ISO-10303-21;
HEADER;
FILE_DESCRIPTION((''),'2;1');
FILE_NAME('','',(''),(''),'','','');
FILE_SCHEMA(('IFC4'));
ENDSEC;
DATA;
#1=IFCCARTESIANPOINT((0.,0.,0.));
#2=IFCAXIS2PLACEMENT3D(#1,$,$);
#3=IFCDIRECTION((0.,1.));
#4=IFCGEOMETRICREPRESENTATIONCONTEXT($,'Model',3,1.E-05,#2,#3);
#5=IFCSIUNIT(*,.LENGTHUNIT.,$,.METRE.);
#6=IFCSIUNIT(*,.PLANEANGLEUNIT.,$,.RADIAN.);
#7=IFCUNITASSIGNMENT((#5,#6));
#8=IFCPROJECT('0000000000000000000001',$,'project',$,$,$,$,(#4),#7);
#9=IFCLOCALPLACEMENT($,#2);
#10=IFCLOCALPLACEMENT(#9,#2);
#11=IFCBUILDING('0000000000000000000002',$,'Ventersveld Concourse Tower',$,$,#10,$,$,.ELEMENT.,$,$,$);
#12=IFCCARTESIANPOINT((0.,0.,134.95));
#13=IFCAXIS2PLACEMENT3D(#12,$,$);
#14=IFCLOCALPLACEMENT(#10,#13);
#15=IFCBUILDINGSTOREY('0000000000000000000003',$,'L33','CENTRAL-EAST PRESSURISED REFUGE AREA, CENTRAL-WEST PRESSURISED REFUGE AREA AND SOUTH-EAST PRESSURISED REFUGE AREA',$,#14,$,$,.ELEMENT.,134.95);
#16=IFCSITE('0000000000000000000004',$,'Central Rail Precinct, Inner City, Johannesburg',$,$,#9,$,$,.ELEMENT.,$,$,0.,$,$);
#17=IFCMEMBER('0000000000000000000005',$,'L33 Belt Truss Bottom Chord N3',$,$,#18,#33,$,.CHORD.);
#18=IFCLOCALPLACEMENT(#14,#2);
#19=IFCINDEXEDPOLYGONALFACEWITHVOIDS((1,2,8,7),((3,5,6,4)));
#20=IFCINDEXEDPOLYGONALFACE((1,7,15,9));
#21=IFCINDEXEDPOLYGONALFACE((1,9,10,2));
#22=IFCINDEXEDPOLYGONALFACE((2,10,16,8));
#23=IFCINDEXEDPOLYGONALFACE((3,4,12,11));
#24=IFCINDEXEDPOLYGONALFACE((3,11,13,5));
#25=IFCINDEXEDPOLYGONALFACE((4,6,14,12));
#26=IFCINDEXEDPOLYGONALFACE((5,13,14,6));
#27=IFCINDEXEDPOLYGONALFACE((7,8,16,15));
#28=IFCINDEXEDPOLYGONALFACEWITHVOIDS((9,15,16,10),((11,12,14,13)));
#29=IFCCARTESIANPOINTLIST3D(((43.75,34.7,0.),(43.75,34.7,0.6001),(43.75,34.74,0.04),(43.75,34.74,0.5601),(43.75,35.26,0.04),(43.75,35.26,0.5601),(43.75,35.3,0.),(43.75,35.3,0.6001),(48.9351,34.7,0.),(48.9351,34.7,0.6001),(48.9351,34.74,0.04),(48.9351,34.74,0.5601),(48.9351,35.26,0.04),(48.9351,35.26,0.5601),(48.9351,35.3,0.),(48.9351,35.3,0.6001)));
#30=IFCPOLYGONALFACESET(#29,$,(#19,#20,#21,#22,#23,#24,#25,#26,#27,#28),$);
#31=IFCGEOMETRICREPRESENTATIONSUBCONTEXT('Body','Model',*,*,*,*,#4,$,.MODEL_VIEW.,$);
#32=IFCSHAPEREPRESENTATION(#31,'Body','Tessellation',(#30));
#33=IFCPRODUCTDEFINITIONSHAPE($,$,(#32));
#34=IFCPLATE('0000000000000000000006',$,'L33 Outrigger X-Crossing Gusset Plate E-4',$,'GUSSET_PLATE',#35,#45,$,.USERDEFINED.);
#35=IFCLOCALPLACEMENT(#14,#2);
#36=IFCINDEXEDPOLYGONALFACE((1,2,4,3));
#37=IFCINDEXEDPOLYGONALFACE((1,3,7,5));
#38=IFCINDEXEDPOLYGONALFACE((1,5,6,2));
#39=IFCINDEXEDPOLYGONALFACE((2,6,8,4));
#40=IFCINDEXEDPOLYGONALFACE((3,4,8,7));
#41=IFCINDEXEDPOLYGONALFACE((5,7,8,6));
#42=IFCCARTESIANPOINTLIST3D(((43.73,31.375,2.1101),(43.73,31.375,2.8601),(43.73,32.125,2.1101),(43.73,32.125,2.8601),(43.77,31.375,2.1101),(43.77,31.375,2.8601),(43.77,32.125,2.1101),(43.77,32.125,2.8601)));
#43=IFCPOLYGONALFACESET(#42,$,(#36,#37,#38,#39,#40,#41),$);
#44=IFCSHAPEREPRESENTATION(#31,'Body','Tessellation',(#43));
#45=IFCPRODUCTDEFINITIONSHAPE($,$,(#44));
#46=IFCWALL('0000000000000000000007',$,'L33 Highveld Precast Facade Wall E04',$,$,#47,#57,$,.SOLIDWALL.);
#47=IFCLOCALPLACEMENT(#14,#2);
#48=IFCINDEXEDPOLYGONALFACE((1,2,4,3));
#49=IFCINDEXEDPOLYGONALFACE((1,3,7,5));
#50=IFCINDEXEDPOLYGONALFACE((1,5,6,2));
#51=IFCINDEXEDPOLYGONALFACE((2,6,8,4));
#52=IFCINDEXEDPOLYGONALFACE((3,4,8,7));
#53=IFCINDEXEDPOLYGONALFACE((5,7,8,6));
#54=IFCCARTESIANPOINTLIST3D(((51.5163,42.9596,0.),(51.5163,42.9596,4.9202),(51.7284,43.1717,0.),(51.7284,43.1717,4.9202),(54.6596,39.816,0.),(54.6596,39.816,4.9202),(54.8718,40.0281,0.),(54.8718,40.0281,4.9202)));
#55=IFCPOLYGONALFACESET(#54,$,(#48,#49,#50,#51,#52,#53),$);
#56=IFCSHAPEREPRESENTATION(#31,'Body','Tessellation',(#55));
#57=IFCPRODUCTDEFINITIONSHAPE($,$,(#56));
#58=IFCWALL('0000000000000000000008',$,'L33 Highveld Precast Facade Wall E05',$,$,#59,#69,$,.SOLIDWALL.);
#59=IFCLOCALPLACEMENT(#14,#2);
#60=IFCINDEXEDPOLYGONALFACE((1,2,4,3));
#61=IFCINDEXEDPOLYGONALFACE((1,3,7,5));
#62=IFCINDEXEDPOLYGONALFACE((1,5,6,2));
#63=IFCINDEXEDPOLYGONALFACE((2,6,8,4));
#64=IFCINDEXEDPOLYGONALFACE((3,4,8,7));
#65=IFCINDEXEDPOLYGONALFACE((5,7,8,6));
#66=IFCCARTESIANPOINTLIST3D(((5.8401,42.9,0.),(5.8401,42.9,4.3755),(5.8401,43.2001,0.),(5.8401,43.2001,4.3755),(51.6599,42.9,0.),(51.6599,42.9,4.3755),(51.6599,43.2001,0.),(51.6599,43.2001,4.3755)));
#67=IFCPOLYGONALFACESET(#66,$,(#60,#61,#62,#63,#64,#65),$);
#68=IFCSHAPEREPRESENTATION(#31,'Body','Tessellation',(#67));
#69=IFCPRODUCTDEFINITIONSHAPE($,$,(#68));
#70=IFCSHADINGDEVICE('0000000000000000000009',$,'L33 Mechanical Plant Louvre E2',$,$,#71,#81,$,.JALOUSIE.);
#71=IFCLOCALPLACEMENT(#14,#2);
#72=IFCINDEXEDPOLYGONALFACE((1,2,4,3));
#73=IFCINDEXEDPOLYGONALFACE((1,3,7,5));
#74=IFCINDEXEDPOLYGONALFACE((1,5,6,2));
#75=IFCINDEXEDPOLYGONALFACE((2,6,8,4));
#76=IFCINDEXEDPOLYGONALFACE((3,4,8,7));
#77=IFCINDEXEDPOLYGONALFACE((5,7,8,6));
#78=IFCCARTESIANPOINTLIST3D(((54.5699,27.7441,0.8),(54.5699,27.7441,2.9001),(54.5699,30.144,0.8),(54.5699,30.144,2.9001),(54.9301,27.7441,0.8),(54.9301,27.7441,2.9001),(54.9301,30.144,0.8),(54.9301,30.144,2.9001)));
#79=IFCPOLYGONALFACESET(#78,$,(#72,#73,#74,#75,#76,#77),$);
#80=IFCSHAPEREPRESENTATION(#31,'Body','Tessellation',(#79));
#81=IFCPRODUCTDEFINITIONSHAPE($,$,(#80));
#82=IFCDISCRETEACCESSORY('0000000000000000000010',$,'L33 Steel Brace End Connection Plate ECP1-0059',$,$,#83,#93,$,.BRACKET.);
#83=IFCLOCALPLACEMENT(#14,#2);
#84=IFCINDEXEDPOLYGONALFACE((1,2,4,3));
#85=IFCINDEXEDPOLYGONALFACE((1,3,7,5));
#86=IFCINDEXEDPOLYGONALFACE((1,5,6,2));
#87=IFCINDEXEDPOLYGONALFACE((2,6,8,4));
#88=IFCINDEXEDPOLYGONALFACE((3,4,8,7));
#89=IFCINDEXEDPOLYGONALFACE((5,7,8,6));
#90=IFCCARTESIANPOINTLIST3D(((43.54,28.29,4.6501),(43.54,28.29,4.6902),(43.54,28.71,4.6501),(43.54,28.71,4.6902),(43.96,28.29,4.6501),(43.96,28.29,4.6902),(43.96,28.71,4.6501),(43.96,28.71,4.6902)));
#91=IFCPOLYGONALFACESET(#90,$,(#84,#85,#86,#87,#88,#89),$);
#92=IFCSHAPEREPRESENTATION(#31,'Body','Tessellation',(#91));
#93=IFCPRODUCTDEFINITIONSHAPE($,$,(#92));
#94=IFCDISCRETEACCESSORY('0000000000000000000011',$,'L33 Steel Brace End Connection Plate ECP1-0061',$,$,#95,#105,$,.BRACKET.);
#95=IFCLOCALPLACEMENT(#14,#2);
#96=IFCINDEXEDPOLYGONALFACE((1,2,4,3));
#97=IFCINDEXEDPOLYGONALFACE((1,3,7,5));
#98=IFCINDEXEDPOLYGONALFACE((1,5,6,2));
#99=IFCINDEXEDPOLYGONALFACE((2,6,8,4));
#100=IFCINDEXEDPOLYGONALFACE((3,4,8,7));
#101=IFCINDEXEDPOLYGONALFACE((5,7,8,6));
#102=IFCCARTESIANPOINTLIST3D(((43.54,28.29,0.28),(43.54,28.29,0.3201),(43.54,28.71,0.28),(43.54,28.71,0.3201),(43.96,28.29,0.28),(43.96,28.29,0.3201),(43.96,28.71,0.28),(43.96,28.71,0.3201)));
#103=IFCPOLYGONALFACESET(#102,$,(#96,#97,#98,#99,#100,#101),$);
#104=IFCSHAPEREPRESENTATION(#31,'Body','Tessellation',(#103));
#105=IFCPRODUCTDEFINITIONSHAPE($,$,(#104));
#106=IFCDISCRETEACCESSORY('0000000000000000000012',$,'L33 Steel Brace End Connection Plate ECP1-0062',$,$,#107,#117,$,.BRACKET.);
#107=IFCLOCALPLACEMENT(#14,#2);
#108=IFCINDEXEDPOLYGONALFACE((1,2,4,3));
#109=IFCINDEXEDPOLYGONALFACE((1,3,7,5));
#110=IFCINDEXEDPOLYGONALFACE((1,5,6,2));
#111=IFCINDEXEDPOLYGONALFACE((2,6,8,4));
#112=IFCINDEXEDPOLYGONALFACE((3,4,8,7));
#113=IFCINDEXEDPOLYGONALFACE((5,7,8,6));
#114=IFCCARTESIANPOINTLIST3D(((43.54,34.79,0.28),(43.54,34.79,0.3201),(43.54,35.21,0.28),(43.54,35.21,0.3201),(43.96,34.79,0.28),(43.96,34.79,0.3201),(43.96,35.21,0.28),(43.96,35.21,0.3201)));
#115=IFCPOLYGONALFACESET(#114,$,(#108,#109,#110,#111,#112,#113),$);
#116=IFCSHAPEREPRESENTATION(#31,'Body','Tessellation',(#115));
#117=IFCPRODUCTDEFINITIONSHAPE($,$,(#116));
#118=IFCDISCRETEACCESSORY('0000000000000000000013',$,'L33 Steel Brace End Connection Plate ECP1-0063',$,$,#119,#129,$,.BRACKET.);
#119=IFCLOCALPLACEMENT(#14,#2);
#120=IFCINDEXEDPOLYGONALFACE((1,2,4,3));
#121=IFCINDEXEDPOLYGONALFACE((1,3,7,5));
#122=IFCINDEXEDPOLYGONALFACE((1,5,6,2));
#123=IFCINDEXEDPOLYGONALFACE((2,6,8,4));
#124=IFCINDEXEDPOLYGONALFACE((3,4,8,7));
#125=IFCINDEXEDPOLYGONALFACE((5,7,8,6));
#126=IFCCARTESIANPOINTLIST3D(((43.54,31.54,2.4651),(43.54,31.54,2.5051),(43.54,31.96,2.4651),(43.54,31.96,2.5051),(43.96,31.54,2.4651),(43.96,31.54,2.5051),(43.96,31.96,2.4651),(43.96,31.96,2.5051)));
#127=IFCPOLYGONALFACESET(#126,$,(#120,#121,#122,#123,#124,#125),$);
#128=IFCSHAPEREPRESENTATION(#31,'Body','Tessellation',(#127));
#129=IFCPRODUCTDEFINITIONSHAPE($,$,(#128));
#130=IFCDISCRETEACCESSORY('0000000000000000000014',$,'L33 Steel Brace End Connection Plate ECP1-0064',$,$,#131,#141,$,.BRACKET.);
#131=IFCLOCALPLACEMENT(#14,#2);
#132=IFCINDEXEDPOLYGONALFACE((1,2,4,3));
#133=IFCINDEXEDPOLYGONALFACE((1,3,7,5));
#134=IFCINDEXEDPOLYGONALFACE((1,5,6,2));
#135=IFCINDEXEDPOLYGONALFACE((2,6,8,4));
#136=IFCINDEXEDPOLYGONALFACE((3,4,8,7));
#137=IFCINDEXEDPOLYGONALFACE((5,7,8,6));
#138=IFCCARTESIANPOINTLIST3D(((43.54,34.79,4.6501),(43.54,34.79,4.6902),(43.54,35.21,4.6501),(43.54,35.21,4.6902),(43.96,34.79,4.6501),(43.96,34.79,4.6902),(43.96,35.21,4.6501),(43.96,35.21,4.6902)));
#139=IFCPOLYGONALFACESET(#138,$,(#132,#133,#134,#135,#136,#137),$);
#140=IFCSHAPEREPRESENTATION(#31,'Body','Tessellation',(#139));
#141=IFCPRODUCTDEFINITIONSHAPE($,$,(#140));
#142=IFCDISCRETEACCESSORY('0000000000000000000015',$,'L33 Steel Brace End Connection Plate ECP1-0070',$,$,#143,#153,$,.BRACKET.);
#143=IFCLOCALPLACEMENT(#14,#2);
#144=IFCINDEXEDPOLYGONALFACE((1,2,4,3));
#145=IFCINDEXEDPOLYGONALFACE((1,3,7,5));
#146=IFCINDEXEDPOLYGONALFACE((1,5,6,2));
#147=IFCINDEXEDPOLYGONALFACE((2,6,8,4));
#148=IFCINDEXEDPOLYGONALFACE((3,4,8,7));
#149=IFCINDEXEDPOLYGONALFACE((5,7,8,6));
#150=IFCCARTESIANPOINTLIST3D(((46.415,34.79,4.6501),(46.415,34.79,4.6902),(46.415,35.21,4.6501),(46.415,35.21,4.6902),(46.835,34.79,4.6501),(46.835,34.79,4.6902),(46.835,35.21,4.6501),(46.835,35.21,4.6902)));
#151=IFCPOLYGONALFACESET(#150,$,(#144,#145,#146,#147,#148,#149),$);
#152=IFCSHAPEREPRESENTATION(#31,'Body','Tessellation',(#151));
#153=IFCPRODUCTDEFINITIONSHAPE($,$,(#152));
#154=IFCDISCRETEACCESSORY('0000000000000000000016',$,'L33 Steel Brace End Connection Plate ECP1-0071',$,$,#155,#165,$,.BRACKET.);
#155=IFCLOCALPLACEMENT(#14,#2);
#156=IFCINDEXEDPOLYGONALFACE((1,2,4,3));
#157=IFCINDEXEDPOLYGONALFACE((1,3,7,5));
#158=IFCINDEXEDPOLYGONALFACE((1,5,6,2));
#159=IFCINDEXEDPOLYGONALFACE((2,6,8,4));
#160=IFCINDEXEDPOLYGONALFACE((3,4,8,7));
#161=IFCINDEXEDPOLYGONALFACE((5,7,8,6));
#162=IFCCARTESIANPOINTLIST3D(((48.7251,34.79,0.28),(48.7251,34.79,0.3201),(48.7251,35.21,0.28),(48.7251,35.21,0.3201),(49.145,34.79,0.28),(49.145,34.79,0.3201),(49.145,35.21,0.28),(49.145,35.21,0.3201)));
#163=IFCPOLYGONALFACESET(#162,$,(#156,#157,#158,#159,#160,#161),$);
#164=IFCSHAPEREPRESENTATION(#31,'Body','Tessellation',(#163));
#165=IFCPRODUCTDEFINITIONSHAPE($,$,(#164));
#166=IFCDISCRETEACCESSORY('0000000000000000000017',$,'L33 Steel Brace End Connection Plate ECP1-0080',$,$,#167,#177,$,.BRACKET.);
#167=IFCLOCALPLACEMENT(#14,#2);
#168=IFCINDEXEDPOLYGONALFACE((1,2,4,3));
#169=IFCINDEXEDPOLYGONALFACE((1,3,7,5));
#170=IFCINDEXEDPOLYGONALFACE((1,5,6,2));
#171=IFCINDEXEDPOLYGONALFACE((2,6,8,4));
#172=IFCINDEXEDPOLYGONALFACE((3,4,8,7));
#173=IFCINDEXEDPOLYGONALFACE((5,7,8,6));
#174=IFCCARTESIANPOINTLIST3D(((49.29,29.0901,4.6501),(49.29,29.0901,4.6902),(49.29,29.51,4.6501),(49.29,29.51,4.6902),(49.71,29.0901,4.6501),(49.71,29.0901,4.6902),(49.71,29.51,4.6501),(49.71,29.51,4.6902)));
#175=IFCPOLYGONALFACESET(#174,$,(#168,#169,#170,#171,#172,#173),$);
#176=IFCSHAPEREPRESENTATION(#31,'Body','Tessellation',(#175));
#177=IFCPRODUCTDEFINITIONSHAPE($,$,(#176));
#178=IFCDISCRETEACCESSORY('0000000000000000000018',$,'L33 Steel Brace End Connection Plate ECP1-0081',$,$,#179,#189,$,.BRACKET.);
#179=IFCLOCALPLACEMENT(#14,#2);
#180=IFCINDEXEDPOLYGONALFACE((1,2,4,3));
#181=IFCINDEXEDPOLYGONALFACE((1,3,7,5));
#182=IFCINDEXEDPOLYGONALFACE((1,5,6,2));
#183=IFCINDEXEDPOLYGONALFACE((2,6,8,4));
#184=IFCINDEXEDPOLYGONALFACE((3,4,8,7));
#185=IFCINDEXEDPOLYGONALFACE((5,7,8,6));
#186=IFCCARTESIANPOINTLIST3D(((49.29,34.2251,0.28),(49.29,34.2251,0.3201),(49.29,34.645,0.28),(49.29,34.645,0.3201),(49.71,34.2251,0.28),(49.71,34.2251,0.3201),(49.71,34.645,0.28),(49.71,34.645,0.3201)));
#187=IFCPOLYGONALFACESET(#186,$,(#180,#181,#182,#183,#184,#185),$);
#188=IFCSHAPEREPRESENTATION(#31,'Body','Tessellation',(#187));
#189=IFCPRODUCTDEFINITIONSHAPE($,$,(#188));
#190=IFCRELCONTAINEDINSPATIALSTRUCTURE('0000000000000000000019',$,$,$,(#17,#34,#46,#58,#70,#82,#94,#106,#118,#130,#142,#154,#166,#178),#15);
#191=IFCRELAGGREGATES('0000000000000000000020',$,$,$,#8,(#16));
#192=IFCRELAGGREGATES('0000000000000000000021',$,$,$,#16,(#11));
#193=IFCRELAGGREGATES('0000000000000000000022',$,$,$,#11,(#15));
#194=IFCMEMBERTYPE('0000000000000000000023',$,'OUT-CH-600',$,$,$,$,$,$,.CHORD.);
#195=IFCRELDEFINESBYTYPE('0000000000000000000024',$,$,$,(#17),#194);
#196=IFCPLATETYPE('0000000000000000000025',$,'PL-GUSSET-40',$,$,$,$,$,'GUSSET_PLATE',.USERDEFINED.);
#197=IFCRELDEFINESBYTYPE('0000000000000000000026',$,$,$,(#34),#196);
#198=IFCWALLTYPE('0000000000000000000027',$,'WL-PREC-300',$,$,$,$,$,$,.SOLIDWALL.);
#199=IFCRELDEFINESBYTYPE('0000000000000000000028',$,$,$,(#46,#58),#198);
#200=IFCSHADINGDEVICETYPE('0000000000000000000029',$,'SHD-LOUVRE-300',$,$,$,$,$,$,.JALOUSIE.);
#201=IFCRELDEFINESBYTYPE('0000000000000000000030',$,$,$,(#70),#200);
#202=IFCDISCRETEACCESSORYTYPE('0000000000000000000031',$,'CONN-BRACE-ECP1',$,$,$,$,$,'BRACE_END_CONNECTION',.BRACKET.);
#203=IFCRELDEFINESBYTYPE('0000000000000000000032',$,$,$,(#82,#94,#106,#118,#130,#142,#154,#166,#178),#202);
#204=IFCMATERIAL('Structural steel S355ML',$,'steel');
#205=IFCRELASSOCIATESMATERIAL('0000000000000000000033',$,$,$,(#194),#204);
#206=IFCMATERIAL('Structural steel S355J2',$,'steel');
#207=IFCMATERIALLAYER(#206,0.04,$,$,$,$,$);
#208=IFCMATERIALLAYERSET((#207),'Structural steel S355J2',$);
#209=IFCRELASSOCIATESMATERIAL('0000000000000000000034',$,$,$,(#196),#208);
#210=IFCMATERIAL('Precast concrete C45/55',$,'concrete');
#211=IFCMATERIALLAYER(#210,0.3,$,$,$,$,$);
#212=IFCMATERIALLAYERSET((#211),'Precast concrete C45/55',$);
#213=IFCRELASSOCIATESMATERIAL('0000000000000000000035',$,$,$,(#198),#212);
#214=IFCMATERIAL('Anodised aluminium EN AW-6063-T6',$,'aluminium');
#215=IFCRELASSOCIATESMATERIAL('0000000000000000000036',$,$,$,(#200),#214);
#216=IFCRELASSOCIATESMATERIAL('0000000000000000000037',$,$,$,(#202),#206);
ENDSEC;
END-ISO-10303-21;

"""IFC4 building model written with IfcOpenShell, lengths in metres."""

from ifc_helpers import new_model, si_unit, direction, frame, frame_2d, origin, origin_2d, place, context, subcontext, project, spatial, rectangle, hollow_rectangle, extrude, material, layer, layer_set, material_profile, profile_set, type_object, element, save


model = new_model("IFC4")

# Units and contexts
model_context = context("Model", 3, precision=1e-05, world=origin(), true_north=direction((0.0, 1.0)))
body_context = subcontext(model_context, "Body", "Model", "MODEL_VIEW")
ifc_project = project(units=[si_unit("LENGTHUNIT", "METRE"), si_unit("PLANEANGLEUNIT", "RADIAN")], contexts=[model_context])

# Site, building, storey
site_placement = place(None, origin())
site = spatial("IfcSite", under=ifc_project, at=site_placement, Name="Central Rail Precinct, Inner City, Johannesburg", CompositionType="ELEMENT", RefElevation=0.0)
building_placement = place(site_placement, origin())
building = spatial("IfcBuilding", under=site, at=building_placement, Name="Ventersveld Concourse Tower", CompositionType="ELEMENT")
storey_placement = place(building_placement, frame((0.0, 0.0, 134.95)))
storey = spatial("IfcBuildingStorey", under=building, at=storey_placement, Name="L33", Description="CENTRAL-EAST PRESSURISED REFUGE AREA, CENTRAL-WEST PRESSURISED REFUGE AREA AND SOUTH-EAST PRESSURISED REFUGE AREA", CompositionType="ELEMENT", Elevation=134.95)

# Shared definitions
ifc_material_1 = material(Name="Structural steel S355ML", Category="steel")

# Shared definitions
ifc_material_2 = material(Name="Structural steel S355J2", Category="steel")

# Member
ifc_material_profile_1 = material_profile(ifc_material_1, hollow_rectangle(XDim=0.6001, YDim=0.6001, WallThickness=0.04, at=origin_2d()), Name="BOX 600x600x40")
ifc_profile_set_1 = profile_set([ifc_material_profile_1], Name="Structural steel S355ML")
member_type_1 = type_object("IfcMemberType", Name="OUT-CH-600", PredefinedType="CHORD", material=ifc_profile_set_1)
member_1_placement = place(storey_placement, frame((43.75, 35.0, 0.3), z_axis=(1.0, 0.0, 0.0), x_axis=(0.0, 1.0, 0.0)))
element("IfcMember", 1, at=member_1_placement, inside=storey, type_object=member_type_1, Name="L33 Belt Truss Bottom Chord N3", PredefinedType="CHORD", context=body_context, shape_type="SweptSolid", body=[
    extrude(hollow_rectangle(XDim=0.6001, YDim=0.6001, WallThickness=0.04, at=origin_2d()), origin(), (0.0, 0.0, 1.0), 5.1851),
])

# Plate
ifc_layer_1 = layer(ifc_material_2, 0.04)
ifc_layer_set_1 = layer_set([ifc_layer_1], Name="Structural steel S355J2")
plate_type = type_object("IfcPlateType", Name="PL-GUSSET-40", ElementType="GUSSET_PLATE", PredefinedType="USERDEFINED", material=ifc_layer_set_1)
plate_placement = place(storey_placement, frame((43.75, 31.75, 2.1101), z_axis=(0.0, 0.0, 1.0), x_axis=(1.0, 0.0, 0.0)))
element("IfcPlate", 2, at=plate_placement, inside=storey, type_object=plate_type, Name="L33 Outrigger X-Crossing Gusset Plate E-4", ObjectType="GUSSET_PLATE", PredefinedType="USERDEFINED", context=body_context, shape_type="SweptSolid", body=[
    extrude(rectangle(XDim=0.04, YDim=0.75, at=origin_2d()), origin(), (0.0, 0.0, 1.0), 0.75),
])

# Walls
ifc_material_3 = material(Name="Precast concrete C45/55", Category="concrete")
ifc_layer_2 = layer(ifc_material_3, 0.3)
ifc_layer_set_2 = layer_set([ifc_layer_2], Name="Precast concrete C45/55")
wall_type = type_object("IfcWallType", Name="WL-PREC-300", PredefinedType="SOLIDWALL", material=ifc_layer_set_2)
wall_1_placement = place(storey_placement, frame((54.7656, 39.9221, 0.0), z_axis=(0.0, 0.0, 1.0), x_axis=(-0.707079, 0.707134, 0.0)))
element("IfcWall", 3, at=wall_1_placement, inside=storey, type_object=wall_type, Name="L33 Highveld Precast Facade Wall E04", PredefinedType="SOLIDWALL", context=body_context, shape_type="SweptSolid", body=[
    extrude(rectangle(XDim=4.4456, YDim=0.3, at=frame_2d((2.2227, 0.0))), origin(), (0.0, 0.0, 1.0), 4.9202),
])
wall_2_placement = place(storey_placement, frame((51.6599, 43.05, 0.0), z_axis=(0.0, 0.0, 1.0), x_axis=(-1.0, 0.0, 0.0)))
element("IfcWall", 4, at=wall_2_placement, inside=storey, type_object=wall_type, Name="L33 Highveld Precast Facade Wall E05", PredefinedType="SOLIDWALL", context=body_context, shape_type="SweptSolid", body=[
    extrude(rectangle(XDim=45.8198, YDim=0.3, at=frame_2d((22.9099, 0.0))), origin(), (0.0, 0.0, 1.0), 4.3755),
])

# Shading device
ifc_material_4 = material(Name="Anodised aluminium EN AW-6063-T6", Category="aluminium")
shading_device_type = type_object("IfcShadingDeviceType", Name="SHD-LOUVRE-300", PredefinedType="JALOUSIE", material=ifc_material_4)
shading_device_placement = place(storey_placement, frame((54.75, 28.9441, 0.8), z_axis=(0.0, 0.0, 1.0), x_axis=(0.0, 1.0, 0.0)))
element("IfcShadingDevice", 5, at=shading_device_placement, inside=storey, type_object=shading_device_type, Name="L33 Mechanical Plant Louvre E2", PredefinedType="JALOUSIE", context=body_context, shape_type="SweptSolid", body=[
    extrude(rectangle(XDim=2.3999, YDim=0.3601, at=origin_2d()), origin(), (0.0, 0.0, 1.0), 2.1001),
])

# Discrete accessories
discrete_accessory_type = type_object("IfcDiscreteAccessoryType", Name="CONN-BRACE-ECP1", ElementType="BRACE_END_CONNECTION", PredefinedType="BRACKET", material=ifc_material_2)
for number, where, z_axis, x_axis, name in (
    (6, (43.75, 28.5, 4.6501), (0.0, 0.0, 1.0), (1.0, 0.0, 0.0), "L33 Steel Brace End Connection Plate ECP1-0059"),
    (7, (43.75, 28.5, 0.28), (0.0, 0.0, 1.0), (1.0, 0.0, 0.0), "L33 Steel Brace End Connection Plate ECP1-0061"),
    (8, (43.75, 35.0, 0.28), (0.0, 0.0, 1.0), (1.0, 0.0, 0.0), "L33 Steel Brace End Connection Plate ECP1-0062"),
    (9, (43.75, 31.75, 2.4651), (0.0, 0.0, 1.0), (1.0, 0.0, 0.0), "L33 Steel Brace End Connection Plate ECP1-0063"),
    (10, (43.75, 35.0, 4.6501), (0.0, 0.0, 1.0), (1.0, 0.0, 0.0), "L33 Steel Brace End Connection Plate ECP1-0064"),
    (11, (46.625, 35.0, 4.6501), (0.0, 0.0, 1.0), (1.0, 0.0, 0.0), "L33 Steel Brace End Connection Plate ECP1-0070"),
    (12, (48.9351, 35.0, 0.28), (0.0, 0.0, 1.0), (1.0, 0.0, 0.0), "L33 Steel Brace End Connection Plate ECP1-0071"),
    (13, (49.5, 29.3, 4.6501), (0.0, 0.0, 1.0), (1.0, 0.0, 0.0), "L33 Steel Brace End Connection Plate ECP1-0080"),
    (14, (49.5, 34.4351, 0.28), (0.0, 0.0, 1.0), (1.0, 0.0, 0.0), "L33 Steel Brace End Connection Plate ECP1-0081"),
):
    element("IfcDiscreteAccessory", number, at=place(storey_placement, frame(where, z_axis=z_axis, x_axis=x_axis)), inside=storey, type_object=discrete_accessory_type, Name=name, PredefinedType="BRACKET", context=body_context, shape_type="SweptSolid", body=[
        extrude(rectangle(XDim=0.4199, YDim=0.4199, at=origin_2d()), origin(), (0.0, 0.0, 1.0), 0.04),
    ])

save(model, "model.ifc")
